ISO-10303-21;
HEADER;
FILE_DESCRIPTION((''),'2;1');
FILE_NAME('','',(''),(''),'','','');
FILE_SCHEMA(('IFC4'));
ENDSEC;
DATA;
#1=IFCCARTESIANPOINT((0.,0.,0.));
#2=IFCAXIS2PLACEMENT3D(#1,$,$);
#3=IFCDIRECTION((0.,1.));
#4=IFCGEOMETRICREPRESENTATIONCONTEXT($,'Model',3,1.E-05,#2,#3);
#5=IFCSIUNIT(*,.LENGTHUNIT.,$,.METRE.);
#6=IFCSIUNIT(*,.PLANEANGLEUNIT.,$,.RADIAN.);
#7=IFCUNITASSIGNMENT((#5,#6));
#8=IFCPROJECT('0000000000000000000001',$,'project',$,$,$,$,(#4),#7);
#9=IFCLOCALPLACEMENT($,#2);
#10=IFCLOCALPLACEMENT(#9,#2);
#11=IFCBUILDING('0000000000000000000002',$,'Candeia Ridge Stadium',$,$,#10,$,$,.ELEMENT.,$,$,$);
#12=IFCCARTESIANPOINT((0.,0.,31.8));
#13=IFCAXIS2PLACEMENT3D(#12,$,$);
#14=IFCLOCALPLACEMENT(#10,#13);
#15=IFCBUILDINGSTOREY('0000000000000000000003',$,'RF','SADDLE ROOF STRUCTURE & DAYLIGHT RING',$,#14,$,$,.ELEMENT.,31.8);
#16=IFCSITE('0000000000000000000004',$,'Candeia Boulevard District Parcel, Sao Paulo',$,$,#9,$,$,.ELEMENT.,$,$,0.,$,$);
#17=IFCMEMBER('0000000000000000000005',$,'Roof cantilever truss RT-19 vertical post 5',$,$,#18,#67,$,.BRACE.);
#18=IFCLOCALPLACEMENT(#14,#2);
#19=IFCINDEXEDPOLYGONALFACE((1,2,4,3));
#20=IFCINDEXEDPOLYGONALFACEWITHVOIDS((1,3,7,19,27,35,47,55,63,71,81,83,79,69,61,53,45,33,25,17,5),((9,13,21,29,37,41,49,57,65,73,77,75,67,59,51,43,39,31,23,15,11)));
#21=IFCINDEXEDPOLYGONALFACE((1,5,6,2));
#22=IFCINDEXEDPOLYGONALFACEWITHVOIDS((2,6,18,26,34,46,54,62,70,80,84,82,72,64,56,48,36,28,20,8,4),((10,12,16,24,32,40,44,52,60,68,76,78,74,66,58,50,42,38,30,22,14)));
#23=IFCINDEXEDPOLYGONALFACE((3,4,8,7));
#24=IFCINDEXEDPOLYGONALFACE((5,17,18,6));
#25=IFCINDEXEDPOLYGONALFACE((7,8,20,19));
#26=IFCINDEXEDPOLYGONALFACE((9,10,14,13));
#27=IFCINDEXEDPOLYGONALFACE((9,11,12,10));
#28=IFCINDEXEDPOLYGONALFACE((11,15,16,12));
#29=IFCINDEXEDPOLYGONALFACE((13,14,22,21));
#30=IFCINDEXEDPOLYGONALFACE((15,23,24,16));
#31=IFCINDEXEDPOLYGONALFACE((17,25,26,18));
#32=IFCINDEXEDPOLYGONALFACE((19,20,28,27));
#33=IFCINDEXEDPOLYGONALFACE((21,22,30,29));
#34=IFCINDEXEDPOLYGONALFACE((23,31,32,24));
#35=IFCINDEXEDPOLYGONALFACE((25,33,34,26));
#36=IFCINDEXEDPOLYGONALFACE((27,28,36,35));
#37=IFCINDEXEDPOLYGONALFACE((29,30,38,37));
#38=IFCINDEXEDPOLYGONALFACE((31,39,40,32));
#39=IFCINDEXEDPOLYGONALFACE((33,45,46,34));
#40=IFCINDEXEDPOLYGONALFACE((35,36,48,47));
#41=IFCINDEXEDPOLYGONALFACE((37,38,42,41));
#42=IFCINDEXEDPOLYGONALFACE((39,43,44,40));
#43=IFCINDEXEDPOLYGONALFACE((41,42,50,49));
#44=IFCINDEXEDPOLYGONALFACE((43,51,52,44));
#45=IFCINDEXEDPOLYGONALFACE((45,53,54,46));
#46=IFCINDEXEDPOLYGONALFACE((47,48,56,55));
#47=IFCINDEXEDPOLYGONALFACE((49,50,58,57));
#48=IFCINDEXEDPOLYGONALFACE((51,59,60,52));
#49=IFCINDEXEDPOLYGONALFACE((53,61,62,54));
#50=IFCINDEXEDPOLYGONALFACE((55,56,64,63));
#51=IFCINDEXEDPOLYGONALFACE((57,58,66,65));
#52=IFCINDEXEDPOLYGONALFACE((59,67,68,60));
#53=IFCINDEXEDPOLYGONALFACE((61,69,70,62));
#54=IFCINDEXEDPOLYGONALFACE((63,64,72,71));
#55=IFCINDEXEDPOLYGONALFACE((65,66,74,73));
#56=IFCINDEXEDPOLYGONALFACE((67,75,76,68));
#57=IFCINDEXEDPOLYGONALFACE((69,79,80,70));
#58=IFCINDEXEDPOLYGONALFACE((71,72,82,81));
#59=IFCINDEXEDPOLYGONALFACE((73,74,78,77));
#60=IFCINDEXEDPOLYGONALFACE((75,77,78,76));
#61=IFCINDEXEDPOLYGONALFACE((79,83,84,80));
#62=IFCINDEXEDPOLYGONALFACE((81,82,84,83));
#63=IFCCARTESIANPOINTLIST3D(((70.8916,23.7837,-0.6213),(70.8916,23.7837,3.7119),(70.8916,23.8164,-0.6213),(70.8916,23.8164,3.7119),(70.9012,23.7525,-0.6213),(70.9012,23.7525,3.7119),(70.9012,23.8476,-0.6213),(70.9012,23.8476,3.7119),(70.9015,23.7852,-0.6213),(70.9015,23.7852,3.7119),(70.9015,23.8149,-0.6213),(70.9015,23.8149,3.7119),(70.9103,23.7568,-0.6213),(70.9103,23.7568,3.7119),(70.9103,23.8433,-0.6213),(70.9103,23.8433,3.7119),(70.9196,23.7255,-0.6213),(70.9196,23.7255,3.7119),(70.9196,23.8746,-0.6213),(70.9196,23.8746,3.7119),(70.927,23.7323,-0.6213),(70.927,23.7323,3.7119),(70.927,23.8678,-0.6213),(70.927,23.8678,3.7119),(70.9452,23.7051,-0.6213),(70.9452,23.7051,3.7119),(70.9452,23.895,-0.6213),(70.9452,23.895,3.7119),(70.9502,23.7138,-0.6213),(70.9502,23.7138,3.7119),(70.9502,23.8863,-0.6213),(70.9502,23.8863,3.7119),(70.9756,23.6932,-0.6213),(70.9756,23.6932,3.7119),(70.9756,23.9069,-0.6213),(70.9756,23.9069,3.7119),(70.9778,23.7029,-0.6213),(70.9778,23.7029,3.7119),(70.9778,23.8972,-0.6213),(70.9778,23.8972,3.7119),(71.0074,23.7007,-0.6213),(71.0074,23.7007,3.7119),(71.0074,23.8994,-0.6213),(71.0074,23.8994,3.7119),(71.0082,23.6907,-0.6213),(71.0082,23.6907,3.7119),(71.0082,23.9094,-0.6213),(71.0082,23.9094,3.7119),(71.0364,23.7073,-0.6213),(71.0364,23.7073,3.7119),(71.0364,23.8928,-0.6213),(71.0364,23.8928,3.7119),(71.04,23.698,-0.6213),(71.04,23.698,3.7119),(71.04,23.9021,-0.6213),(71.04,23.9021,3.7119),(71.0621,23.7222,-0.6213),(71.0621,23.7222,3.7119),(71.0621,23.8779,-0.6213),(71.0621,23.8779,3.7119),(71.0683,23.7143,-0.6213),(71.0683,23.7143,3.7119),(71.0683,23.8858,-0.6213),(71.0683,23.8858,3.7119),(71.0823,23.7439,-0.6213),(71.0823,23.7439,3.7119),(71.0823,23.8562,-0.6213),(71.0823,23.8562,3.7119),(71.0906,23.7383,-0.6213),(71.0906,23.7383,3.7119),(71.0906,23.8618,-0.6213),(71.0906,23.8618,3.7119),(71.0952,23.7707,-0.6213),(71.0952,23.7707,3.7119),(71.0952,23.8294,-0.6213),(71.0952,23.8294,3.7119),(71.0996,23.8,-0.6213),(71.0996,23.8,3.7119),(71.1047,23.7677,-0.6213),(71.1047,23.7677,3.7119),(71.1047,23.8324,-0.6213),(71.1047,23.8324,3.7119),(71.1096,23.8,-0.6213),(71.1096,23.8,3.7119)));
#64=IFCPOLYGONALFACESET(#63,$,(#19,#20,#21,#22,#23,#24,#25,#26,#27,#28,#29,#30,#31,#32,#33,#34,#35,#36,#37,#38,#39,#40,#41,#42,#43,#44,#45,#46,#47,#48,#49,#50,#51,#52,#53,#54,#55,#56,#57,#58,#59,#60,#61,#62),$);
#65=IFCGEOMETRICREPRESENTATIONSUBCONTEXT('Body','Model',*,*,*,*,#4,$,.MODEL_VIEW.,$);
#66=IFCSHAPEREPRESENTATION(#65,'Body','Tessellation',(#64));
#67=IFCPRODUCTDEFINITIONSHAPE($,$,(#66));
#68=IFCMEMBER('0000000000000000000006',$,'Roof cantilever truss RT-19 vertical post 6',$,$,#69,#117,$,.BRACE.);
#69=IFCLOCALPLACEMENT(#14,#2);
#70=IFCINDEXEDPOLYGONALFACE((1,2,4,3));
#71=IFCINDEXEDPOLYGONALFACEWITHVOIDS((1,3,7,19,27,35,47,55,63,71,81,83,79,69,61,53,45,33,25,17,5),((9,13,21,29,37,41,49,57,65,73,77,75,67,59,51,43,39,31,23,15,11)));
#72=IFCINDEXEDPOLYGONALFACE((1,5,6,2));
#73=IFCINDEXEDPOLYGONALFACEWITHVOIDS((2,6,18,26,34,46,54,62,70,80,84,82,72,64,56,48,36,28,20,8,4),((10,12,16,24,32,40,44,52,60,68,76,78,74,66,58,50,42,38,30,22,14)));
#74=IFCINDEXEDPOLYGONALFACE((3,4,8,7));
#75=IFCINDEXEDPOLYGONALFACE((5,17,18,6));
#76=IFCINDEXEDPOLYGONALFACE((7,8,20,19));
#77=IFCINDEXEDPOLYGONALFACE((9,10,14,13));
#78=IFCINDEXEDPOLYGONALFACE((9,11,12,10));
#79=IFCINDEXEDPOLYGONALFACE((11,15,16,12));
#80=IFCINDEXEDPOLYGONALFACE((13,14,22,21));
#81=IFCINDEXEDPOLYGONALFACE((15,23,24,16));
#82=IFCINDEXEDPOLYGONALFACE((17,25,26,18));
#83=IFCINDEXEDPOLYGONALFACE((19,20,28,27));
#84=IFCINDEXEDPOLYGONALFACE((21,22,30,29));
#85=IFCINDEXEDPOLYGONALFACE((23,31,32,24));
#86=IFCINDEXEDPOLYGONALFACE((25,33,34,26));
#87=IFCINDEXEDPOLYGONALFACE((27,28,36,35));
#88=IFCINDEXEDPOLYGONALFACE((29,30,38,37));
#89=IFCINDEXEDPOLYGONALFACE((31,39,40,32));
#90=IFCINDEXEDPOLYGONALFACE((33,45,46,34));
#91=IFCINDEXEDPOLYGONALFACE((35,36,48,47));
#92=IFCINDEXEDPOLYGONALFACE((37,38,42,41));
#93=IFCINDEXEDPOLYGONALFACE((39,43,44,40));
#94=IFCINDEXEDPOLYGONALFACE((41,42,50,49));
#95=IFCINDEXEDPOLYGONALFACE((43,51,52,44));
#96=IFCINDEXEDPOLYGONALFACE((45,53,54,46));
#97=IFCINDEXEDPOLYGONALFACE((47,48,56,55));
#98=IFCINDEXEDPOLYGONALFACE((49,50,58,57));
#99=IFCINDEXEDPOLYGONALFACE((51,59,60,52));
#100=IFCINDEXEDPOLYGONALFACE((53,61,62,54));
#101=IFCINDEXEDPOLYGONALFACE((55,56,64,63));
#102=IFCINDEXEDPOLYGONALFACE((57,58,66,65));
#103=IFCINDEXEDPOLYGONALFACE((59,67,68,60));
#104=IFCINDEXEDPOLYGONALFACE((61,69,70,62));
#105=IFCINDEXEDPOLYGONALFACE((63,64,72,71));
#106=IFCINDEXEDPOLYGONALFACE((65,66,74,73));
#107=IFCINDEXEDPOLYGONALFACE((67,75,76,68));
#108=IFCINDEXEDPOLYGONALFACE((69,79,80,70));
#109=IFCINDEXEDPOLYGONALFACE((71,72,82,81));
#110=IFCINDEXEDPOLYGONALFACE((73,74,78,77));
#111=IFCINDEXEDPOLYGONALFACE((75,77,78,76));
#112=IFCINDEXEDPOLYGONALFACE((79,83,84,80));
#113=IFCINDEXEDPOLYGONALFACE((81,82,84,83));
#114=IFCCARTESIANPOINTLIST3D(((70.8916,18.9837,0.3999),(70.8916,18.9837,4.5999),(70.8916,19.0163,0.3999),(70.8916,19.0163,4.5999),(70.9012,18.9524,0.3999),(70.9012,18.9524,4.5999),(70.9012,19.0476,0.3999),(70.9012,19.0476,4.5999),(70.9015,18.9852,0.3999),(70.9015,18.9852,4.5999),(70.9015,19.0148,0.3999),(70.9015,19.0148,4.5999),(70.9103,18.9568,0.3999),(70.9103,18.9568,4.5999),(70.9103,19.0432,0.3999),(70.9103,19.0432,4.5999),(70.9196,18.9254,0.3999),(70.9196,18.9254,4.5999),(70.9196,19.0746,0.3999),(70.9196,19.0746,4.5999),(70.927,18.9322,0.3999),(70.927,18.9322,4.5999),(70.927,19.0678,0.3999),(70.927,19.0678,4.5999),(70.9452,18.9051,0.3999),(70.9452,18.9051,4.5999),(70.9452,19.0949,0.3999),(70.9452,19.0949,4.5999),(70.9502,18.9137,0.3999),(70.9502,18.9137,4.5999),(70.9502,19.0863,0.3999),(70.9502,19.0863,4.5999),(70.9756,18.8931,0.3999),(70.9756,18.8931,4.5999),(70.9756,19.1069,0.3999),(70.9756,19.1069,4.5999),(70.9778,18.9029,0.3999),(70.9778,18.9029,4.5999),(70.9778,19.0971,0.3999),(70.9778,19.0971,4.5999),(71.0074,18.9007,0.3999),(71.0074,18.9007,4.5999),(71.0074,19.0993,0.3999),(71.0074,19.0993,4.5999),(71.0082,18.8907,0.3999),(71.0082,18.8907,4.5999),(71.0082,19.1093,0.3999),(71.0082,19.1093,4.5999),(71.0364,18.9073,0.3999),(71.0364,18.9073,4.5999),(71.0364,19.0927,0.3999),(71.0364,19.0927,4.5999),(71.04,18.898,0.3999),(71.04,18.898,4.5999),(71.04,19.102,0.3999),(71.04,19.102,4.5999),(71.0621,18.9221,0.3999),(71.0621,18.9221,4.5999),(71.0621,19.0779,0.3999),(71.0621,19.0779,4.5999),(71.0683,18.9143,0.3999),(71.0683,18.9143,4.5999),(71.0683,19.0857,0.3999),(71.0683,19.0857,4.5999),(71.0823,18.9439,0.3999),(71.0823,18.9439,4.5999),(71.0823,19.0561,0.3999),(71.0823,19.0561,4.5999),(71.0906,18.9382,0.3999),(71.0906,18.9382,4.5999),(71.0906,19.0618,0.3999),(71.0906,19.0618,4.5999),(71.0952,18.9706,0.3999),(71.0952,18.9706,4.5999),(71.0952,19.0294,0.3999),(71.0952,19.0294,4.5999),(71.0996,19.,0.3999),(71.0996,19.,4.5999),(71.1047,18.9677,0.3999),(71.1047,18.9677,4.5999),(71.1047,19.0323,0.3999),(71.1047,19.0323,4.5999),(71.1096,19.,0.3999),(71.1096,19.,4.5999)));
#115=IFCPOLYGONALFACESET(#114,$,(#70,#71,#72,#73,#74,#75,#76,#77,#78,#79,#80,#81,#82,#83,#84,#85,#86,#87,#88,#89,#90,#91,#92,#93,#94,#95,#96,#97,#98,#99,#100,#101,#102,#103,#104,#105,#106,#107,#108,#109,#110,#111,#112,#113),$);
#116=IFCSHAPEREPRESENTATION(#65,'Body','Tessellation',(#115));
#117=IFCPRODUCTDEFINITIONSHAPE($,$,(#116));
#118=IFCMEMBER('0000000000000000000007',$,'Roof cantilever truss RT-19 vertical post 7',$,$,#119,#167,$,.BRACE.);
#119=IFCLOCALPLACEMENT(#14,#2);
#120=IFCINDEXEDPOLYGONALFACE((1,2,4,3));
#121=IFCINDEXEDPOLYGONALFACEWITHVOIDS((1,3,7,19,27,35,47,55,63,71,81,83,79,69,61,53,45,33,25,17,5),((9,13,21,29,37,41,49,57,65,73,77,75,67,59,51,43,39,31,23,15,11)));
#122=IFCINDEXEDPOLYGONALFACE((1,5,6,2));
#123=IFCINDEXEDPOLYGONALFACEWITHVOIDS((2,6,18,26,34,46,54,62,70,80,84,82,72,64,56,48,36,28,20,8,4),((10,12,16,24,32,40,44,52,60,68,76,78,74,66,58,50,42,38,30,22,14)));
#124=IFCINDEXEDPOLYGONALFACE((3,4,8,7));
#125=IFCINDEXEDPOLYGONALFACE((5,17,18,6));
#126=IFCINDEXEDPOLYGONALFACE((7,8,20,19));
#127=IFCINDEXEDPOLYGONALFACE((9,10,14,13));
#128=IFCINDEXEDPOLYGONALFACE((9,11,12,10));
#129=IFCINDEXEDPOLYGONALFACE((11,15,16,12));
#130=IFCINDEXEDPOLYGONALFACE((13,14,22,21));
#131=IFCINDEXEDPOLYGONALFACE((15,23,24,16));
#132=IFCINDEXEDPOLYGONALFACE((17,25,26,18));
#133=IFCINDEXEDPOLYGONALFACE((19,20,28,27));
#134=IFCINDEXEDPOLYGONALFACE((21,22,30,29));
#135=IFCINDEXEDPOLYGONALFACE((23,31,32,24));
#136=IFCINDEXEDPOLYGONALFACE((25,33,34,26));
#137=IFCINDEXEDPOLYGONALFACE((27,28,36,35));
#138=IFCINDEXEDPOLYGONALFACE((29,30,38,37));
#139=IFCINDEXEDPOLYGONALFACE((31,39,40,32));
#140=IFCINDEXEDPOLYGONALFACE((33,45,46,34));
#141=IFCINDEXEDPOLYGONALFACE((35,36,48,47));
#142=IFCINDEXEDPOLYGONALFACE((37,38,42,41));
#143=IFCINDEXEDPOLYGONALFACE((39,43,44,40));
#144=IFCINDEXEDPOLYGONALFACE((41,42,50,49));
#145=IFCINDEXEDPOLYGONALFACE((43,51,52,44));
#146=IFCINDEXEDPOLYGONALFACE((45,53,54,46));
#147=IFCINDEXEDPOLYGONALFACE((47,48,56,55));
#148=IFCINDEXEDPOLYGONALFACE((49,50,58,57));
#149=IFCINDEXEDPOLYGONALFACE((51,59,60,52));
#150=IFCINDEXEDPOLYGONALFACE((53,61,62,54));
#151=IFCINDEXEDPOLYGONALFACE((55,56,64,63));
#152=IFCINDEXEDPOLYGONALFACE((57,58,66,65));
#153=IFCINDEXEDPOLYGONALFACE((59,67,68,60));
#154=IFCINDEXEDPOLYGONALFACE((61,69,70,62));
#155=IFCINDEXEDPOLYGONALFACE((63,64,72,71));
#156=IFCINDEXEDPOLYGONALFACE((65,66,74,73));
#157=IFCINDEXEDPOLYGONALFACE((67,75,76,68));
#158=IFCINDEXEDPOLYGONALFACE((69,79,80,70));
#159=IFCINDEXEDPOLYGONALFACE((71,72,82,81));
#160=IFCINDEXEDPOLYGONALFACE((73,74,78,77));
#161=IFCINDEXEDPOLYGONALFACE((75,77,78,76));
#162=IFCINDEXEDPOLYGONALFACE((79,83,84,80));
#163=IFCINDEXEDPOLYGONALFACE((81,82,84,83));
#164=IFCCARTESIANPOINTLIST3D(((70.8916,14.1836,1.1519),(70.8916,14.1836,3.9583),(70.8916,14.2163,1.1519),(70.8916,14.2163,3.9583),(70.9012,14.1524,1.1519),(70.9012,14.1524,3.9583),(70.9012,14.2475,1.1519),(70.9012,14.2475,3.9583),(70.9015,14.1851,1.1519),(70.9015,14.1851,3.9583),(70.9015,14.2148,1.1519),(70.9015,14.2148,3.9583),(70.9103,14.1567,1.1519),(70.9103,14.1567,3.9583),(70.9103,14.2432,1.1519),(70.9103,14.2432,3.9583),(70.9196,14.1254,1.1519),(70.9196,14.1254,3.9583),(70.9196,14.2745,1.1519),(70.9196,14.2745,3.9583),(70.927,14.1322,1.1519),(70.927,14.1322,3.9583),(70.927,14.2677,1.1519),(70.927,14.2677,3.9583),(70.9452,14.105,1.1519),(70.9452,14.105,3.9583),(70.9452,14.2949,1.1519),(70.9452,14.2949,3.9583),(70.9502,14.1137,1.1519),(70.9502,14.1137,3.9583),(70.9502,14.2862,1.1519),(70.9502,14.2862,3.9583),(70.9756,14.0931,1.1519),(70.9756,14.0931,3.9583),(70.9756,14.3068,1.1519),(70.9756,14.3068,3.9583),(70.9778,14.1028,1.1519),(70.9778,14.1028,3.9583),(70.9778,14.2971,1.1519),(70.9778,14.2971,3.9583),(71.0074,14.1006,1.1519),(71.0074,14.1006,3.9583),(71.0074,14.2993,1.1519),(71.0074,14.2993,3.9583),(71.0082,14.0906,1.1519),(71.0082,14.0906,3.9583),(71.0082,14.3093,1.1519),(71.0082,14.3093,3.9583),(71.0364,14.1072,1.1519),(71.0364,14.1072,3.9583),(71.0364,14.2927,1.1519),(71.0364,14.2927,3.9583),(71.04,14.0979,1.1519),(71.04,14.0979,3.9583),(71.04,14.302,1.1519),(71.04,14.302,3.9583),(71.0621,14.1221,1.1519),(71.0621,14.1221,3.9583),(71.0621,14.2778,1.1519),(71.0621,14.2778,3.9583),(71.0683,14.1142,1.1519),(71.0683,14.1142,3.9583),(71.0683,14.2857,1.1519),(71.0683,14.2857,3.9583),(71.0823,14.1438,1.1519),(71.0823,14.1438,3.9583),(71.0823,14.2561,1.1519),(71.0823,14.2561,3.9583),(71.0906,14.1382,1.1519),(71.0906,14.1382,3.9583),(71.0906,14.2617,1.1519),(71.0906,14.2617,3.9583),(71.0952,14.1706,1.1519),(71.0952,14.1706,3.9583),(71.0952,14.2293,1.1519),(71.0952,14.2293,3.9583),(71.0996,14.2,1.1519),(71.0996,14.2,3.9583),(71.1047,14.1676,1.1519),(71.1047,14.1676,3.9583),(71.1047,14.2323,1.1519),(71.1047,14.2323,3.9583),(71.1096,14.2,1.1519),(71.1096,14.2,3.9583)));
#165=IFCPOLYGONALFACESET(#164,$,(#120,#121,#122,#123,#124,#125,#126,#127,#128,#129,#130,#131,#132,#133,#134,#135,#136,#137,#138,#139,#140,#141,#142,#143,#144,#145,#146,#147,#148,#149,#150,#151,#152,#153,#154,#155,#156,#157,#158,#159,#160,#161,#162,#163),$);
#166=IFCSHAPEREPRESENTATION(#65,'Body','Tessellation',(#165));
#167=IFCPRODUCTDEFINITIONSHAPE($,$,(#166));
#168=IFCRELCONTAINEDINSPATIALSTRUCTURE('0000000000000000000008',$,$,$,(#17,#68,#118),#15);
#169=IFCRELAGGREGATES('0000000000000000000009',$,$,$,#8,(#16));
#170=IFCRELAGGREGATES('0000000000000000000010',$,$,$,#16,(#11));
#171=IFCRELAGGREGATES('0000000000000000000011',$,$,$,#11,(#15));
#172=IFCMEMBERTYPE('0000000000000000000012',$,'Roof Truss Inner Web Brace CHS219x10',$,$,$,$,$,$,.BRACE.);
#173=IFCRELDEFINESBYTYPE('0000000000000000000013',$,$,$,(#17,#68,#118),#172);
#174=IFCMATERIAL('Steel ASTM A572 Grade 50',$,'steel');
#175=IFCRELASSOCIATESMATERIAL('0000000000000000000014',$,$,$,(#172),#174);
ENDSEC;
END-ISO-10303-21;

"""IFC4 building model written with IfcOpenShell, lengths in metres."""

from ifc_helpers import new_model, si_unit, direction, frame, origin, origin_2d, place, context, subcontext, project, spatial, hollow_circle, extrude, material, material_profile, profile_set, type_object, element, save


model = new_model("IFC4")

# Units and contexts
model_context = context("Model", 3, precision=1e-05, world=origin(), true_north=direction((0.0, 1.0)))
body_context = subcontext(model_context, "Body", "Model", "MODEL_VIEW")
ifc_project = project(units=[si_unit("LENGTHUNIT", "METRE"), si_unit("PLANEANGLEUNIT", "RADIAN")], contexts=[model_context])

# Site, building, storey
site_placement = place(None, origin())
site = spatial("IfcSite", under=ifc_project, at=site_placement, Name="Candeia Boulevard District Parcel, Sao Paulo", CompositionType="ELEMENT", RefElevation=0.0)
building_placement = place(site_placement, origin())
building = spatial("IfcBuilding", under=site, at=building_placement, Name="Candeia Ridge Stadium", CompositionType="ELEMENT")
storey_placement = place(building_placement, frame((0.0, 0.0, 31.8)))
storey = spatial("IfcBuildingStorey", under=building, at=storey_placement, Name="RF", Description="SADDLE ROOF STRUCTURE & DAYLIGHT RING", CompositionType="ELEMENT", Elevation=31.8)

# Shared definitions
ifc_material_1 = material(Name="Steel ASTM A572 Grade 50", Category="steel")

# Members
ifc_material_profile_1 = material_profile(ifc_material_1, hollow_circle(Radius=0.1096, WallThickness=0.01, at=origin_2d()), Name="CHS219x10", Category="steel")
ifc_profile_set_1 = profile_set([ifc_material_profile_1], Name="Steel ASTM A572 Grade 50")
member_type_1 = type_object("IfcMemberType", Name="Roof Truss Inner Web Brace CHS219x10", PredefinedType="BRACE", material=ifc_profile_set_1)
member_1_placement = place(storey_placement, frame((71.0, 23.8, -0.6213), z_axis=(0.0, 0.0, 1.0), x_axis=(1.0, 0.0, 0.0)))
element("IfcMember", 1, at=member_1_placement, inside=storey, type_object=member_type_1, Name="Roof cantilever truss RT-19 vertical post 5", PredefinedType="BRACE", context=body_context, shape_type="SweptSolid", body=[
    extrude(hollow_circle(Radius=0.1096, WallThickness=0.01, at=origin_2d()), origin(), (0.0, 0.0, 1.0), 4.3333),
])
member_2_placement = place(storey_placement, frame((71.0, 19.0, 0.3999), z_axis=(0.0, 0.0, 1.0), x_axis=(1.0, 0.0, 0.0)))
element("IfcMember", 2, at=member_2_placement, inside=storey, type_object=member_type_1, Name="Roof cantilever truss RT-19 vertical post 6", PredefinedType="BRACE", context=body_context, shape_type="SweptSolid", body=[
    extrude(hollow_circle(Radius=0.1096, WallThickness=0.01, at=origin_2d()), origin(), (0.0, 0.0, 1.0), 4.2),
])
member_3_placement = place(storey_placement, frame((71.0, 14.2, 1.1519), z_axis=(0.0, 0.0, 1.0), x_axis=(1.0, 0.0, 0.0)))
element("IfcMember", 3, at=member_3_placement, inside=storey, type_object=member_type_1, Name="Roof cantilever truss RT-19 vertical post 7", PredefinedType="BRACE", context=body_context, shape_type="SweptSolid", body=[
    extrude(hollow_circle(Radius=0.1096, WallThickness=0.01, at=origin_2d()), origin(), (0.0, 0.0, 1.0), 2.8064),
])

save(model, "model.ifc")
